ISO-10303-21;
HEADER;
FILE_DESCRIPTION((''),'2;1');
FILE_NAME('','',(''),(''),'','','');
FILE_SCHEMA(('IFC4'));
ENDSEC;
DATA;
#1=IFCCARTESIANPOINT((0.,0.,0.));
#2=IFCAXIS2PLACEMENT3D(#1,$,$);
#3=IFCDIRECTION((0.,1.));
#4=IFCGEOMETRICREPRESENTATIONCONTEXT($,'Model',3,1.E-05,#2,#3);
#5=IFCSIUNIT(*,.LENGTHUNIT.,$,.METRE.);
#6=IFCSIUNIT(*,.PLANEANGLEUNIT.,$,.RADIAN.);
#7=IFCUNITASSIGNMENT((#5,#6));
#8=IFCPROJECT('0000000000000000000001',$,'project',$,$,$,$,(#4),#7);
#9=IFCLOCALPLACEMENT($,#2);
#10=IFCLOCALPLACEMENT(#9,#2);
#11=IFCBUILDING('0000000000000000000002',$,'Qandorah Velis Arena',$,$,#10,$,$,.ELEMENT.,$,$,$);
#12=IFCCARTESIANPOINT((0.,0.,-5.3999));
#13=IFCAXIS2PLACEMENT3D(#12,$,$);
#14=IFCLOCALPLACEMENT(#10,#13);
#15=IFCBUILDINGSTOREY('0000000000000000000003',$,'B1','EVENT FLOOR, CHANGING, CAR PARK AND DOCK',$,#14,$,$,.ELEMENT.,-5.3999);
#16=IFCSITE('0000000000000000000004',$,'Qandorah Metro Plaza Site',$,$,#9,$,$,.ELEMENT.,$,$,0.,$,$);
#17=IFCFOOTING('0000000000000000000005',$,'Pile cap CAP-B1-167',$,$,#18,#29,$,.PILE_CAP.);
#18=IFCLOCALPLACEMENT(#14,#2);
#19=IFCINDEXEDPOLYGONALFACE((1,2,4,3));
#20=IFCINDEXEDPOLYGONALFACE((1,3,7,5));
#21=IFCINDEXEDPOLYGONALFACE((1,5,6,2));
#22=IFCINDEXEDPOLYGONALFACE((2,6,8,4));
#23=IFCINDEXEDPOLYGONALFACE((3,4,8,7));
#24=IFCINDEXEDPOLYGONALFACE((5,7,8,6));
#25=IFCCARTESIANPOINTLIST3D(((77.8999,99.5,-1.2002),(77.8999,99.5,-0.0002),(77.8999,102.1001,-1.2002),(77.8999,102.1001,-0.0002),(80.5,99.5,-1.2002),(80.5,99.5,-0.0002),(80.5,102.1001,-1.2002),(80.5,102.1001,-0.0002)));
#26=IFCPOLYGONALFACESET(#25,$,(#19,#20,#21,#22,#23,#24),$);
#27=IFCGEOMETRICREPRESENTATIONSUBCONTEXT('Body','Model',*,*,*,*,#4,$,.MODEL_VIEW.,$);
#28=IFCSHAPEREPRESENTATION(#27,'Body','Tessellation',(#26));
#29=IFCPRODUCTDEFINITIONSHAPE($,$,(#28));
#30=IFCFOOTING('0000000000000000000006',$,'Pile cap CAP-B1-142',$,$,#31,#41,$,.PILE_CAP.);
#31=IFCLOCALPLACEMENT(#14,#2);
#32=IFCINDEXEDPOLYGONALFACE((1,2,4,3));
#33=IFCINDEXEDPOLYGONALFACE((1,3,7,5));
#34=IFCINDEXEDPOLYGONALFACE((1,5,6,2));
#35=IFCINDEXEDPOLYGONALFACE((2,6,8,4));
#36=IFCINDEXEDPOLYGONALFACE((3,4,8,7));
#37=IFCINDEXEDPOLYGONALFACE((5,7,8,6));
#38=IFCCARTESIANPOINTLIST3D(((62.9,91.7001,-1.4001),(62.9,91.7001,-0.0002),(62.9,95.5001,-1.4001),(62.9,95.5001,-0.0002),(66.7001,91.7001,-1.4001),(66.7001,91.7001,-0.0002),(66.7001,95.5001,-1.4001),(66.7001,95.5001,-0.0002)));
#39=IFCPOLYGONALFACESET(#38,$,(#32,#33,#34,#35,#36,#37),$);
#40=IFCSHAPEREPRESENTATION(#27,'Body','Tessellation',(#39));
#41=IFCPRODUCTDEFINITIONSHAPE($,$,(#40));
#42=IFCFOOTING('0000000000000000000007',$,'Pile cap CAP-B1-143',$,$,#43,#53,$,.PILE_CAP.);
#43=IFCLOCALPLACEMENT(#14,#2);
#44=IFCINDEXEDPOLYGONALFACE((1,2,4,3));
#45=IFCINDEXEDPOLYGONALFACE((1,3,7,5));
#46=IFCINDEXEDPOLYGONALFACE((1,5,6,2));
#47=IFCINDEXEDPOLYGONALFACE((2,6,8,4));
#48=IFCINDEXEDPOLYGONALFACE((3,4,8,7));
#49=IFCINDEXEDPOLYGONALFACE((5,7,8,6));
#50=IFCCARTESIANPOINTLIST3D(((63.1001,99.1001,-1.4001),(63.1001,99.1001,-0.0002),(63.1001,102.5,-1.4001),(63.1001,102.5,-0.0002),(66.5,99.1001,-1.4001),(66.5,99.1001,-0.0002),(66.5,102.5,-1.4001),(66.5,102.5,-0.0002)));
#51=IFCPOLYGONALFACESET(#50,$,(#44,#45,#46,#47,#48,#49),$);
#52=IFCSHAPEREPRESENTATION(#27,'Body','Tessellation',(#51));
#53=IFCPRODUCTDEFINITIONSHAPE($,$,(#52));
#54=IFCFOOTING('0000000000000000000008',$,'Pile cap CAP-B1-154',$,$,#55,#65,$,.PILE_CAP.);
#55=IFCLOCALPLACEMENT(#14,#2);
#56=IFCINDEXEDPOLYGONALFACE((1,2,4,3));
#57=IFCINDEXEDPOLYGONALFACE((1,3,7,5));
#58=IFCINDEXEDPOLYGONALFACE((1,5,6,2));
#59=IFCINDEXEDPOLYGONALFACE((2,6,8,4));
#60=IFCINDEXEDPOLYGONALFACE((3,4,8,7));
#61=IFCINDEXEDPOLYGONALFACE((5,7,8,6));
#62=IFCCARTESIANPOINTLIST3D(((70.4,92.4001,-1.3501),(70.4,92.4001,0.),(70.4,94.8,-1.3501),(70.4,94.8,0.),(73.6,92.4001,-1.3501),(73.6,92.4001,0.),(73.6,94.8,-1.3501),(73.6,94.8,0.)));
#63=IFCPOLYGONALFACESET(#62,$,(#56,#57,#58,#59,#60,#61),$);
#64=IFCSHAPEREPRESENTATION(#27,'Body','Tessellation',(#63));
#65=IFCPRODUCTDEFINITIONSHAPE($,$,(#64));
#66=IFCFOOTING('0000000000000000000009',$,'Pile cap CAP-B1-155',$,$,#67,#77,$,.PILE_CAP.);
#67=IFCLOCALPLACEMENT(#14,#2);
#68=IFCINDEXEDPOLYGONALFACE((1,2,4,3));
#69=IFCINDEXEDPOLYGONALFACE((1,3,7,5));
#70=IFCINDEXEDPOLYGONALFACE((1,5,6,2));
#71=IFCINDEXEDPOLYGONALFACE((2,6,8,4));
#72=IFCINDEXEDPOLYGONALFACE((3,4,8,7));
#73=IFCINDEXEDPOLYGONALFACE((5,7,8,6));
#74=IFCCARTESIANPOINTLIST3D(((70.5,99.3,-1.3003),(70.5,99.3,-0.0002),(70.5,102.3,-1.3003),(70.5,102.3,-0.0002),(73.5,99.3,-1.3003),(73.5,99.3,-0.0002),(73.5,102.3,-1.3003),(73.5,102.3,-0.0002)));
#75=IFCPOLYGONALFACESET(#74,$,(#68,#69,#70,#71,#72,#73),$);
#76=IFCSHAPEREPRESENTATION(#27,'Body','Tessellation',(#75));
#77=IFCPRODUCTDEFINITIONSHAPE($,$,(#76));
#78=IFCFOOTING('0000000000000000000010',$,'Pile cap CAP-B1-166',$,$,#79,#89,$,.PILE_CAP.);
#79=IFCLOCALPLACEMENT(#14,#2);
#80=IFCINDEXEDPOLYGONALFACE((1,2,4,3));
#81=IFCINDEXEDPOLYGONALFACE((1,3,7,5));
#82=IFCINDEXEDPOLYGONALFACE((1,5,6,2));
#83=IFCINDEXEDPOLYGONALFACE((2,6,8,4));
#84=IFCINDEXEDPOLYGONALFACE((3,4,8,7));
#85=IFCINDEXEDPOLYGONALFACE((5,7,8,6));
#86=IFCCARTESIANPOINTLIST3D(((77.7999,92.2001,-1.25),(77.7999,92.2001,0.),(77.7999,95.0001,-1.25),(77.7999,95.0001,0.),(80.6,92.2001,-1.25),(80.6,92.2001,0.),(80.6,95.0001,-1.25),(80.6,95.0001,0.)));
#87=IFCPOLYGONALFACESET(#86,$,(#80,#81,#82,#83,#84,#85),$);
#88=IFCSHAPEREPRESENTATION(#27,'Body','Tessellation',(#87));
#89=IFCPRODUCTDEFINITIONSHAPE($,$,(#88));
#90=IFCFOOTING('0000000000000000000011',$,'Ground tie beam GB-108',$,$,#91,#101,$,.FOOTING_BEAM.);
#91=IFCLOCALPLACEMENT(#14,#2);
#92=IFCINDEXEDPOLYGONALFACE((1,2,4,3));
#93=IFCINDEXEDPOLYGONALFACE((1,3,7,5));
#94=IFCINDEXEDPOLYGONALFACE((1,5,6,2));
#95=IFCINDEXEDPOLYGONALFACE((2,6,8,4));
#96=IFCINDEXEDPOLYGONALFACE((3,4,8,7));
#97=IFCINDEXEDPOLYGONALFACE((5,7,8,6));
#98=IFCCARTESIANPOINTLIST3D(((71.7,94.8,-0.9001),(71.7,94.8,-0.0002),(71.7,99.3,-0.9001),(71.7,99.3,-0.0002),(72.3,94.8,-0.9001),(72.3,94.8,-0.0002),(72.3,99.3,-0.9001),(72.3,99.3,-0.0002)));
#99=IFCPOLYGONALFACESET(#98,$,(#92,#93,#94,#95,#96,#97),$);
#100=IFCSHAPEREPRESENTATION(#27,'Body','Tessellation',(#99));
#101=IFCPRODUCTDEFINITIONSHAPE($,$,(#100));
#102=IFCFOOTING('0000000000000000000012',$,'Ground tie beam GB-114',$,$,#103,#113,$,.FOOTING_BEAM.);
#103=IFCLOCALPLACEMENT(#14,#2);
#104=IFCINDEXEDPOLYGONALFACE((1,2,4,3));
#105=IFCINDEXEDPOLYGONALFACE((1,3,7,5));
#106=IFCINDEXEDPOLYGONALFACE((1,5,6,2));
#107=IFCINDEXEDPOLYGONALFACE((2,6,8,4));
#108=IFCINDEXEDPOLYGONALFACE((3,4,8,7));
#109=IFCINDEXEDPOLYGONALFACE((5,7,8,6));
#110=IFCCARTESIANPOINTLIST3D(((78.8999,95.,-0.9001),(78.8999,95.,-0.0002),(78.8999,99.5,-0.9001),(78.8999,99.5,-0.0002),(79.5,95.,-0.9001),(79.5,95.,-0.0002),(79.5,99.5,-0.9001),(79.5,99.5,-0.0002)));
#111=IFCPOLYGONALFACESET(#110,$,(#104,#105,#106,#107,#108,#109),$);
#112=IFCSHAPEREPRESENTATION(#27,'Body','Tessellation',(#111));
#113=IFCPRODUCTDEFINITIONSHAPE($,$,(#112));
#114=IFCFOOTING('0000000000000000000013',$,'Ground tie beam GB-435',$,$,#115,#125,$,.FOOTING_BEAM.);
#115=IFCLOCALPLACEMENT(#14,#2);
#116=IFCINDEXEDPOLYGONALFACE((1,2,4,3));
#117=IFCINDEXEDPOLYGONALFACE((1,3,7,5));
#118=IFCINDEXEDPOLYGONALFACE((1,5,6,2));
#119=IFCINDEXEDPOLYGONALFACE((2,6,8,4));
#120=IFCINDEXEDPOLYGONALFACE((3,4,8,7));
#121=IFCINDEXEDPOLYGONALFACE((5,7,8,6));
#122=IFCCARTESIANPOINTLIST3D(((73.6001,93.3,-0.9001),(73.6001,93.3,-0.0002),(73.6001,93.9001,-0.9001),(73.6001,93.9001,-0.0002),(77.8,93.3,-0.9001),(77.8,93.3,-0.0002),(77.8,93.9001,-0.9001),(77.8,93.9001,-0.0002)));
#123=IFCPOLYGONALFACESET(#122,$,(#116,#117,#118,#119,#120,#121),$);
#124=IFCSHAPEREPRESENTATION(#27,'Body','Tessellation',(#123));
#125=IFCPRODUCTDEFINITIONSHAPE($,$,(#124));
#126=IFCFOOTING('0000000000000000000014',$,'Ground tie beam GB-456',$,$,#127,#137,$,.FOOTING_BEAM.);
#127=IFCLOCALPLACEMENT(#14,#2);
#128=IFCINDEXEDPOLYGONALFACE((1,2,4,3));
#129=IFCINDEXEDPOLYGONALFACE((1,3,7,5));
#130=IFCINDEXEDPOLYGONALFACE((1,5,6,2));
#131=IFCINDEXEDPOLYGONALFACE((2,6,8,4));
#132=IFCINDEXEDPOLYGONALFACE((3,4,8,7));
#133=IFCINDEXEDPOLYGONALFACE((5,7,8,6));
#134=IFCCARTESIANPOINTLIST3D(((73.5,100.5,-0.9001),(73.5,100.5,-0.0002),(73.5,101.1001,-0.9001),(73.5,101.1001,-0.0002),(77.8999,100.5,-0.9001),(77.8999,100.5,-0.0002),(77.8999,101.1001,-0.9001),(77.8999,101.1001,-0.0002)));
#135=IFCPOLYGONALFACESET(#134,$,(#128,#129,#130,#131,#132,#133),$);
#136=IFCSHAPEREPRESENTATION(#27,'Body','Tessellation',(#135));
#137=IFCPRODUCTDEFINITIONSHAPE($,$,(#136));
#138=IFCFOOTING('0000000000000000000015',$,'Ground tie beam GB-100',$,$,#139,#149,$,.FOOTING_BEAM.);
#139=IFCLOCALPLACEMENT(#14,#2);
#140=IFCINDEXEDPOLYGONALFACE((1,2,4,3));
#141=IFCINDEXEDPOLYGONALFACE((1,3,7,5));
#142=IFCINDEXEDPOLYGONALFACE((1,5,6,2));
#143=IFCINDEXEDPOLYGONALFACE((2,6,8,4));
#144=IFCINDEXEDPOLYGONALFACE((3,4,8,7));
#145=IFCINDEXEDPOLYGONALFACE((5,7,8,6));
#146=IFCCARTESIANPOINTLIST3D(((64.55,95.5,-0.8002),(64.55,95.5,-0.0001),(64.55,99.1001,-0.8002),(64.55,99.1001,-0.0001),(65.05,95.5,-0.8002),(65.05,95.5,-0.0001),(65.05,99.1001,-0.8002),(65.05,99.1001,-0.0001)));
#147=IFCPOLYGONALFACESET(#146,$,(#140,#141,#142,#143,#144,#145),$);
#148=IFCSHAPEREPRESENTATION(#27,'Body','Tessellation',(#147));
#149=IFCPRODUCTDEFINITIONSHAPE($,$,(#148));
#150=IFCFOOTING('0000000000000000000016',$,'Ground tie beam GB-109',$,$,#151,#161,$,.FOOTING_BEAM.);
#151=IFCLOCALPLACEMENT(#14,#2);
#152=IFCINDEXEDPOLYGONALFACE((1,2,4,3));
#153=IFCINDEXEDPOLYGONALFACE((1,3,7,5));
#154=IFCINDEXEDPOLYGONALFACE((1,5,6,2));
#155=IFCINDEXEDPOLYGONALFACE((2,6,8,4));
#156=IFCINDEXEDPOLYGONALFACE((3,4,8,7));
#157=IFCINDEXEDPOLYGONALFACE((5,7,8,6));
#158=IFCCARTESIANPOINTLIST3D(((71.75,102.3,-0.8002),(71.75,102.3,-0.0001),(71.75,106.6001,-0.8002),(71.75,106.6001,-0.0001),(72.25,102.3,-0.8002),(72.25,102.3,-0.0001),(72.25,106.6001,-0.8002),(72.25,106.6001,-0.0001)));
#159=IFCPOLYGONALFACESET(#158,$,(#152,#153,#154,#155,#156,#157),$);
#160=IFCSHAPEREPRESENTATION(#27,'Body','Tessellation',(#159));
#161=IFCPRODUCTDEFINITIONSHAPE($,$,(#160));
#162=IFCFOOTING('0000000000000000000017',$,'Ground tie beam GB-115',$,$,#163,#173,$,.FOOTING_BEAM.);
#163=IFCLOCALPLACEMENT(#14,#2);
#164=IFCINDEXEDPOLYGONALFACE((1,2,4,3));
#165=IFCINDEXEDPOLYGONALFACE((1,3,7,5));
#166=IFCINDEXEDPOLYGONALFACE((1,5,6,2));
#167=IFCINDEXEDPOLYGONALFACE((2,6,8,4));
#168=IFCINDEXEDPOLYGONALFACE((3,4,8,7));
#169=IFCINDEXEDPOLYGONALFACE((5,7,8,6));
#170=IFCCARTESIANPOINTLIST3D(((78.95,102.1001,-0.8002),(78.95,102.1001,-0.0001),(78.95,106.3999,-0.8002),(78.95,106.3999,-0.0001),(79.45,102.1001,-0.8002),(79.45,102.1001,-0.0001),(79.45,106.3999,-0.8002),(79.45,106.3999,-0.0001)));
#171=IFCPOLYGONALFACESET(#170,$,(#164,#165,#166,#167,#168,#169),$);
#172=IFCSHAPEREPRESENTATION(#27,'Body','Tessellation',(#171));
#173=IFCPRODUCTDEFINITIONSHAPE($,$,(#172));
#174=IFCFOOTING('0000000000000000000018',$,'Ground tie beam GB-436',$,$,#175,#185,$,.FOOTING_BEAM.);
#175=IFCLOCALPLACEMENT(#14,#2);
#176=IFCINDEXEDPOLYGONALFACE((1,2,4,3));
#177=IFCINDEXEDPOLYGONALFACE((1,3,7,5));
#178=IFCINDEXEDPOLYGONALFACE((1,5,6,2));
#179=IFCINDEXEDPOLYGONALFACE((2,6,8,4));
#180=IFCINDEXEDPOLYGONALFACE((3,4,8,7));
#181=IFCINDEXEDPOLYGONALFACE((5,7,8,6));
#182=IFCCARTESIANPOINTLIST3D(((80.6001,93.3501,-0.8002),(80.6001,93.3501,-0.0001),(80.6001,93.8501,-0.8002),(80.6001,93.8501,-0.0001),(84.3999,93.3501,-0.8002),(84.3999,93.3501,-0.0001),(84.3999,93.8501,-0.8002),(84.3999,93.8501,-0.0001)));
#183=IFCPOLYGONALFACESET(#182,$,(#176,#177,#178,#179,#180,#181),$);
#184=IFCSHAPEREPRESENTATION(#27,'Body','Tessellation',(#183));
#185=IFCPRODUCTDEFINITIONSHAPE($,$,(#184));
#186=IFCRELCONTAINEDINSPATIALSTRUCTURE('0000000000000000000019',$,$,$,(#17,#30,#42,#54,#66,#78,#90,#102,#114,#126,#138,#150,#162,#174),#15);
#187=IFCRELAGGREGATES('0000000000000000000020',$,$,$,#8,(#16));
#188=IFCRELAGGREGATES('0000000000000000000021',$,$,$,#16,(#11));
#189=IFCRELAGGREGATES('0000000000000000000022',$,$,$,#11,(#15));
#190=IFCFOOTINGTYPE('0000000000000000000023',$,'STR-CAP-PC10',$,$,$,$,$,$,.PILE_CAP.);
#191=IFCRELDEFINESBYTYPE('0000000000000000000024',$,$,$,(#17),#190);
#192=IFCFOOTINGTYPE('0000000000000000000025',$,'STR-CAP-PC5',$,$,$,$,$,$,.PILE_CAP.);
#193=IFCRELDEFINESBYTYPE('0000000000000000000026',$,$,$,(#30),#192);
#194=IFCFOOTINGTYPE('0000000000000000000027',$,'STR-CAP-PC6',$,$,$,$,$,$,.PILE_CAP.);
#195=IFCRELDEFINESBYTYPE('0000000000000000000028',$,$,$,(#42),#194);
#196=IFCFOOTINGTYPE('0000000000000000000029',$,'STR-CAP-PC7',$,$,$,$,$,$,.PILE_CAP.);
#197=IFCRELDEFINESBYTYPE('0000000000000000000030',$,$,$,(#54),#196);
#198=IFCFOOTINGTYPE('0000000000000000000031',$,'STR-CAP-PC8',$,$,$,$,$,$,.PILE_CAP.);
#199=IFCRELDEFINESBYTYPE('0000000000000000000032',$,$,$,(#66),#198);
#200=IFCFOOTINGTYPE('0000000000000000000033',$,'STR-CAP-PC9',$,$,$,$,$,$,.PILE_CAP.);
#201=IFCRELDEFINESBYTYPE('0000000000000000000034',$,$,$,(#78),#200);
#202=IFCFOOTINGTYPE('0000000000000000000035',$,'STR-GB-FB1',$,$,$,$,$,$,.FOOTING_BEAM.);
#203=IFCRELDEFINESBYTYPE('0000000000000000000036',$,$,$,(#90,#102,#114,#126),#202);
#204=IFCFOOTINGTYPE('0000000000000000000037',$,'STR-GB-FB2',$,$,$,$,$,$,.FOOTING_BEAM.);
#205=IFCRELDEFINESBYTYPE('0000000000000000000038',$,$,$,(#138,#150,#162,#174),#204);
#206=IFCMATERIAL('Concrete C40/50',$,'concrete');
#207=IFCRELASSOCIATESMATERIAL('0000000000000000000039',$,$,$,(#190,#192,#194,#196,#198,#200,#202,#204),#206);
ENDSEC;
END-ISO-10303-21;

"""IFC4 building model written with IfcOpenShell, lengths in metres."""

from ifc_helpers import new_model, si_unit, direction, frame, origin, origin_2d, place, context, subcontext, project, spatial, rectangle, extrude, material, material_profile, profile_set, type_object, element, save


model = new_model("IFC4")

# Units and contexts
model_context = context("Model", 3, precision=1e-05, world=origin(), true_north=direction((0.0, 1.0)))
body_context = subcontext(model_context, "Body", "Model", "MODEL_VIEW")
ifc_project = project(units=[si_unit("LENGTHUNIT", "METRE"), si_unit("PLANEANGLEUNIT", "RADIAN")], contexts=[model_context])

# Site, building, storey
site_placement = place(None, origin())
site = spatial("IfcSite", under=ifc_project, at=site_placement, Name="Qandorah Metro Plaza Site", CompositionType="ELEMENT", RefElevation=0.0)
building_placement = place(site_placement, origin())
building = spatial("IfcBuilding", under=site, at=building_placement, Name="Qandorah Velis Arena", CompositionType="ELEMENT")
storey_placement = place(building_placement, frame((0.0, 0.0, -5.3999)))
storey = spatial("IfcBuildingStorey", under=building, at=storey_placement, Name="B1", Description="EVENT FLOOR, CHANGING, CAR PARK AND DOCK", CompositionType="ELEMENT", Elevation=-5.3999)

# Footings
ifc_material_1 = material(Name="Concrete C40/50", Category="concrete")
footing_type_1 = type_object("IfcFootingType", Name="STR-CAP-PC10", PredefinedType="PILE_CAP", material=ifc_material_1)
footing_1_placement = place(storey_placement, frame((79.2, 100.8, -1.2002), z_axis=(0.0, 0.0, 1.0), x_axis=(1.0, 0.0, 0.0)))
element("IfcFooting", 1, at=footing_1_placement, inside=storey, type_object=footing_type_1, Name="Pile cap CAP-B1-167", PredefinedType="PILE_CAP", context=body_context, shape_type="SweptSolid", body=[
    extrude(rectangle(XDim=2.6001, YDim=2.6001, at=origin_2d()), origin(), (0.0, 0.0, 1.0), 1.2),
])
footing_type_2 = type_object("IfcFootingType", Name="STR-CAP-PC5", PredefinedType="PILE_CAP", material=ifc_material_1)
footing_2_placement = place(storey_placement, frame((64.8, 93.6001, -1.4001), z_axis=(0.0, 0.0, 1.0), x_axis=(1.0, 0.0, 0.0)))
element("IfcFooting", 2, at=footing_2_placement, inside=storey, type_object=footing_type_2, Name="Pile cap CAP-B1-142", PredefinedType="PILE_CAP", context=body_context, shape_type="SweptSolid", body=[
    extrude(rectangle(XDim=3.8, YDim=3.8, at=origin_2d()), origin(), (0.0, 0.0, 1.0), 1.3999),
])
footing_type_3 = type_object("IfcFootingType", Name="STR-CAP-PC6", PredefinedType="PILE_CAP", material=ifc_material_1)
footing_3_placement = place(storey_placement, frame((64.8, 100.8, -1.4001), z_axis=(0.0, 0.0, 1.0), x_axis=(1.0, 0.0, 0.0)))
element("IfcFooting", 3, at=footing_3_placement, inside=storey, type_object=footing_type_3, Name="Pile cap CAP-B1-143", PredefinedType="PILE_CAP", context=body_context, shape_type="SweptSolid", body=[
    extrude(rectangle(XDim=3.3999, YDim=3.3999, at=origin_2d()), origin(), (0.0, 0.0, 1.0), 1.3999),
])
footing_type_4 = type_object("IfcFootingType", Name="STR-CAP-PC7", PredefinedType="PILE_CAP", material=ifc_material_1)
footing_4_placement = place(storey_placement, frame((72.0, 93.6001, -1.3501), z_axis=(0.0, 0.0, 1.0), x_axis=(1.0, 0.0, 0.0)))
element("IfcFooting", 4, at=footing_4_placement, inside=storey, type_object=footing_type_4, Name="Pile cap CAP-B1-154", PredefinedType="PILE_CAP", context=body_context, shape_type="SweptSolid", body=[
    extrude(rectangle(XDim=3.2, YDim=2.3999, at=origin_2d()), origin(), (0.0, 0.0, 1.0), 1.3501),
])
footing_type_5 = type_object("IfcFootingType", Name="STR-CAP-PC8", PredefinedType="PILE_CAP", material=ifc_material_1)
footing_5_placement = place(storey_placement, frame((72.0, 100.8, -1.3003), z_axis=(0.0, 0.0, 1.0), x_axis=(1.0, 0.0, 0.0)))
element("IfcFooting", 5, at=footing_5_placement, inside=storey, type_object=footing_type_5, Name="Pile cap CAP-B1-155", PredefinedType="PILE_CAP", context=body_context, shape_type="SweptSolid", body=[
    extrude(rectangle(XDim=3.0, YDim=3.0, at=origin_2d()), origin(), (0.0, 0.0, 1.0), 1.3),
])
footing_type_6 = type_object("IfcFootingType", Name="STR-CAP-PC9", PredefinedType="PILE_CAP", material=ifc_material_1)
footing_6_placement = place(storey_placement, frame((79.2, 93.6001, -1.25), z_axis=(0.0, 0.0, 1.0), x_axis=(1.0, 0.0, 0.0)))
element("IfcFooting", 6, at=footing_6_placement, inside=storey, type_object=footing_type_6, Name="Pile cap CAP-B1-166", PredefinedType="PILE_CAP", context=body_context, shape_type="SweptSolid", body=[
    extrude(rectangle(XDim=2.8, YDim=2.8, at=origin_2d()), origin(), (0.0, 0.0, 1.0), 1.25),
])
ifc_material_profile_1 = material_profile(ifc_material_1, rectangle(XDim=0.6001, YDim=0.8999, at=origin_2d()), Name="GB1 600x900")
ifc_profile_set_1 = profile_set([ifc_material_profile_1], Name="Concrete C40/50")
footing_type_7 = type_object("IfcFootingType", Name="STR-GB-FB1", PredefinedType="FOOTING_BEAM", material=ifc_profile_set_1)
for number, where, z_axis, x_axis, name in (
    (7, (72.0, 94.8, -0.4502), (0.0, 1.0, 0.0), (-1.0, 0.0, 0.0), "Ground tie beam GB-108"),
    (8, (79.2, 95.0, -0.4502), (0.0, 1.0, 0.0), (-1.0, 0.0, 0.0), "Ground tie beam GB-114"),
):
    element("IfcFooting", number, at=place(storey_placement, frame(where, z_axis=z_axis, x_axis=x_axis)), inside=storey, type_object=footing_type_7, Name=name, PredefinedType="FOOTING_BEAM", context=body_context, shape_type="SweptSolid", body=[
        extrude(rectangle(XDim=0.6001, YDim=0.8999, at=origin_2d()), origin(), (0.0, 0.0, 1.0), 4.5),
    ])
footing_7_placement = place(storey_placement, frame((73.6001, 93.6001, -0.4502), z_axis=(1.0, 0.0, 0.0), x_axis=(0.0, 1.0, 0.0)))
element("IfcFooting", 9, at=footing_7_placement, inside=storey, type_object=footing_type_7, Name="Ground tie beam GB-435", PredefinedType="FOOTING_BEAM", context=body_context, shape_type="SweptSolid", body=[
    extrude(rectangle(XDim=0.6001, YDim=0.8999, at=origin_2d()), origin(), (0.0, 0.0, 1.0), 4.2),
])
footing_8_placement = place(storey_placement, frame((73.5, 100.8, -0.4502), z_axis=(1.0, 0.0, 0.0), x_axis=(0.0, 1.0, 0.0)))
element("IfcFooting", 10, at=footing_8_placement, inside=storey, type_object=footing_type_7, Name="Ground tie beam GB-456", PredefinedType="FOOTING_BEAM", context=body_context, shape_type="SweptSolid", body=[
    extrude(rectangle(XDim=0.6001, YDim=0.8999, at=origin_2d()), origin(), (0.0, 0.0, 1.0), 4.3999),
])
ifc_material_profile_2 = material_profile(ifc_material_1, rectangle(XDim=0.5, YDim=0.8, at=origin_2d()), Name="GB2 500x800")
ifc_profile_set_2 = profile_set([ifc_material_profile_2], Name="Concrete C40/50")
footing_type_8 = type_object("IfcFootingType", Name="STR-GB-FB2", PredefinedType="FOOTING_BEAM", material=ifc_profile_set_2)
footing_9_placement = place(storey_placement, frame((64.8, 95.5, -0.4001), z_axis=(0.0, 1.0, 0.0), x_axis=(-1.0, 0.0, 0.0)))
element("IfcFooting", 11, at=footing_9_placement, inside=storey, type_object=footing_type_8, Name="Ground tie beam GB-100", PredefinedType="FOOTING_BEAM", context=body_context, shape_type="SweptSolid", body=[
    extrude(rectangle(XDim=0.5, YDim=0.8, at=origin_2d()), origin(), (0.0, 0.0, 1.0), 3.6001),
])
footing_10_placement = place(storey_placement, frame((72.0, 102.3, -0.4001), z_axis=(0.0, 1.0, 0.0), x_axis=(-1.0, 0.0, 0.0)))
element("IfcFooting", 12, at=footing_10_placement, inside=storey, type_object=footing_type_8, Name="Ground tie beam GB-109", PredefinedType="FOOTING_BEAM", context=body_context, shape_type="SweptSolid", body=[
    extrude(rectangle(XDim=0.5, YDim=0.8, at=origin_2d()), origin(), (0.0, 0.0, 1.0), 4.3),
])
footing_11_placement = place(storey_placement, frame((79.2, 102.1001, -0.4001), z_axis=(0.0, 1.0, 0.0), x_axis=(-1.0, 0.0, 0.0)))
element("IfcFooting", 13, at=footing_11_placement, inside=storey, type_object=footing_type_8, Name="Ground tie beam GB-115", PredefinedType="FOOTING_BEAM", context=body_context, shape_type="SweptSolid", body=[
    extrude(rectangle(XDim=0.5, YDim=0.8, at=origin_2d()), origin(), (0.0, 0.0, 1.0), 4.2998),
])
footing_12_placement = place(storey_placement, frame((80.6001, 93.6001, -0.4001), z_axis=(1.0, 0.0, 0.0), x_axis=(0.0, 1.0, 0.0)))
element("IfcFooting", 14, at=footing_12_placement, inside=storey, type_object=footing_type_8, Name="Ground tie beam GB-436", PredefinedType="FOOTING_BEAM", context=body_context, shape_type="SweptSolid", body=[
    extrude(rectangle(XDim=0.5, YDim=0.8, at=origin_2d()), origin(), (0.0, 0.0, 1.0), 3.7998),
])

save(model, "model.ifc")
